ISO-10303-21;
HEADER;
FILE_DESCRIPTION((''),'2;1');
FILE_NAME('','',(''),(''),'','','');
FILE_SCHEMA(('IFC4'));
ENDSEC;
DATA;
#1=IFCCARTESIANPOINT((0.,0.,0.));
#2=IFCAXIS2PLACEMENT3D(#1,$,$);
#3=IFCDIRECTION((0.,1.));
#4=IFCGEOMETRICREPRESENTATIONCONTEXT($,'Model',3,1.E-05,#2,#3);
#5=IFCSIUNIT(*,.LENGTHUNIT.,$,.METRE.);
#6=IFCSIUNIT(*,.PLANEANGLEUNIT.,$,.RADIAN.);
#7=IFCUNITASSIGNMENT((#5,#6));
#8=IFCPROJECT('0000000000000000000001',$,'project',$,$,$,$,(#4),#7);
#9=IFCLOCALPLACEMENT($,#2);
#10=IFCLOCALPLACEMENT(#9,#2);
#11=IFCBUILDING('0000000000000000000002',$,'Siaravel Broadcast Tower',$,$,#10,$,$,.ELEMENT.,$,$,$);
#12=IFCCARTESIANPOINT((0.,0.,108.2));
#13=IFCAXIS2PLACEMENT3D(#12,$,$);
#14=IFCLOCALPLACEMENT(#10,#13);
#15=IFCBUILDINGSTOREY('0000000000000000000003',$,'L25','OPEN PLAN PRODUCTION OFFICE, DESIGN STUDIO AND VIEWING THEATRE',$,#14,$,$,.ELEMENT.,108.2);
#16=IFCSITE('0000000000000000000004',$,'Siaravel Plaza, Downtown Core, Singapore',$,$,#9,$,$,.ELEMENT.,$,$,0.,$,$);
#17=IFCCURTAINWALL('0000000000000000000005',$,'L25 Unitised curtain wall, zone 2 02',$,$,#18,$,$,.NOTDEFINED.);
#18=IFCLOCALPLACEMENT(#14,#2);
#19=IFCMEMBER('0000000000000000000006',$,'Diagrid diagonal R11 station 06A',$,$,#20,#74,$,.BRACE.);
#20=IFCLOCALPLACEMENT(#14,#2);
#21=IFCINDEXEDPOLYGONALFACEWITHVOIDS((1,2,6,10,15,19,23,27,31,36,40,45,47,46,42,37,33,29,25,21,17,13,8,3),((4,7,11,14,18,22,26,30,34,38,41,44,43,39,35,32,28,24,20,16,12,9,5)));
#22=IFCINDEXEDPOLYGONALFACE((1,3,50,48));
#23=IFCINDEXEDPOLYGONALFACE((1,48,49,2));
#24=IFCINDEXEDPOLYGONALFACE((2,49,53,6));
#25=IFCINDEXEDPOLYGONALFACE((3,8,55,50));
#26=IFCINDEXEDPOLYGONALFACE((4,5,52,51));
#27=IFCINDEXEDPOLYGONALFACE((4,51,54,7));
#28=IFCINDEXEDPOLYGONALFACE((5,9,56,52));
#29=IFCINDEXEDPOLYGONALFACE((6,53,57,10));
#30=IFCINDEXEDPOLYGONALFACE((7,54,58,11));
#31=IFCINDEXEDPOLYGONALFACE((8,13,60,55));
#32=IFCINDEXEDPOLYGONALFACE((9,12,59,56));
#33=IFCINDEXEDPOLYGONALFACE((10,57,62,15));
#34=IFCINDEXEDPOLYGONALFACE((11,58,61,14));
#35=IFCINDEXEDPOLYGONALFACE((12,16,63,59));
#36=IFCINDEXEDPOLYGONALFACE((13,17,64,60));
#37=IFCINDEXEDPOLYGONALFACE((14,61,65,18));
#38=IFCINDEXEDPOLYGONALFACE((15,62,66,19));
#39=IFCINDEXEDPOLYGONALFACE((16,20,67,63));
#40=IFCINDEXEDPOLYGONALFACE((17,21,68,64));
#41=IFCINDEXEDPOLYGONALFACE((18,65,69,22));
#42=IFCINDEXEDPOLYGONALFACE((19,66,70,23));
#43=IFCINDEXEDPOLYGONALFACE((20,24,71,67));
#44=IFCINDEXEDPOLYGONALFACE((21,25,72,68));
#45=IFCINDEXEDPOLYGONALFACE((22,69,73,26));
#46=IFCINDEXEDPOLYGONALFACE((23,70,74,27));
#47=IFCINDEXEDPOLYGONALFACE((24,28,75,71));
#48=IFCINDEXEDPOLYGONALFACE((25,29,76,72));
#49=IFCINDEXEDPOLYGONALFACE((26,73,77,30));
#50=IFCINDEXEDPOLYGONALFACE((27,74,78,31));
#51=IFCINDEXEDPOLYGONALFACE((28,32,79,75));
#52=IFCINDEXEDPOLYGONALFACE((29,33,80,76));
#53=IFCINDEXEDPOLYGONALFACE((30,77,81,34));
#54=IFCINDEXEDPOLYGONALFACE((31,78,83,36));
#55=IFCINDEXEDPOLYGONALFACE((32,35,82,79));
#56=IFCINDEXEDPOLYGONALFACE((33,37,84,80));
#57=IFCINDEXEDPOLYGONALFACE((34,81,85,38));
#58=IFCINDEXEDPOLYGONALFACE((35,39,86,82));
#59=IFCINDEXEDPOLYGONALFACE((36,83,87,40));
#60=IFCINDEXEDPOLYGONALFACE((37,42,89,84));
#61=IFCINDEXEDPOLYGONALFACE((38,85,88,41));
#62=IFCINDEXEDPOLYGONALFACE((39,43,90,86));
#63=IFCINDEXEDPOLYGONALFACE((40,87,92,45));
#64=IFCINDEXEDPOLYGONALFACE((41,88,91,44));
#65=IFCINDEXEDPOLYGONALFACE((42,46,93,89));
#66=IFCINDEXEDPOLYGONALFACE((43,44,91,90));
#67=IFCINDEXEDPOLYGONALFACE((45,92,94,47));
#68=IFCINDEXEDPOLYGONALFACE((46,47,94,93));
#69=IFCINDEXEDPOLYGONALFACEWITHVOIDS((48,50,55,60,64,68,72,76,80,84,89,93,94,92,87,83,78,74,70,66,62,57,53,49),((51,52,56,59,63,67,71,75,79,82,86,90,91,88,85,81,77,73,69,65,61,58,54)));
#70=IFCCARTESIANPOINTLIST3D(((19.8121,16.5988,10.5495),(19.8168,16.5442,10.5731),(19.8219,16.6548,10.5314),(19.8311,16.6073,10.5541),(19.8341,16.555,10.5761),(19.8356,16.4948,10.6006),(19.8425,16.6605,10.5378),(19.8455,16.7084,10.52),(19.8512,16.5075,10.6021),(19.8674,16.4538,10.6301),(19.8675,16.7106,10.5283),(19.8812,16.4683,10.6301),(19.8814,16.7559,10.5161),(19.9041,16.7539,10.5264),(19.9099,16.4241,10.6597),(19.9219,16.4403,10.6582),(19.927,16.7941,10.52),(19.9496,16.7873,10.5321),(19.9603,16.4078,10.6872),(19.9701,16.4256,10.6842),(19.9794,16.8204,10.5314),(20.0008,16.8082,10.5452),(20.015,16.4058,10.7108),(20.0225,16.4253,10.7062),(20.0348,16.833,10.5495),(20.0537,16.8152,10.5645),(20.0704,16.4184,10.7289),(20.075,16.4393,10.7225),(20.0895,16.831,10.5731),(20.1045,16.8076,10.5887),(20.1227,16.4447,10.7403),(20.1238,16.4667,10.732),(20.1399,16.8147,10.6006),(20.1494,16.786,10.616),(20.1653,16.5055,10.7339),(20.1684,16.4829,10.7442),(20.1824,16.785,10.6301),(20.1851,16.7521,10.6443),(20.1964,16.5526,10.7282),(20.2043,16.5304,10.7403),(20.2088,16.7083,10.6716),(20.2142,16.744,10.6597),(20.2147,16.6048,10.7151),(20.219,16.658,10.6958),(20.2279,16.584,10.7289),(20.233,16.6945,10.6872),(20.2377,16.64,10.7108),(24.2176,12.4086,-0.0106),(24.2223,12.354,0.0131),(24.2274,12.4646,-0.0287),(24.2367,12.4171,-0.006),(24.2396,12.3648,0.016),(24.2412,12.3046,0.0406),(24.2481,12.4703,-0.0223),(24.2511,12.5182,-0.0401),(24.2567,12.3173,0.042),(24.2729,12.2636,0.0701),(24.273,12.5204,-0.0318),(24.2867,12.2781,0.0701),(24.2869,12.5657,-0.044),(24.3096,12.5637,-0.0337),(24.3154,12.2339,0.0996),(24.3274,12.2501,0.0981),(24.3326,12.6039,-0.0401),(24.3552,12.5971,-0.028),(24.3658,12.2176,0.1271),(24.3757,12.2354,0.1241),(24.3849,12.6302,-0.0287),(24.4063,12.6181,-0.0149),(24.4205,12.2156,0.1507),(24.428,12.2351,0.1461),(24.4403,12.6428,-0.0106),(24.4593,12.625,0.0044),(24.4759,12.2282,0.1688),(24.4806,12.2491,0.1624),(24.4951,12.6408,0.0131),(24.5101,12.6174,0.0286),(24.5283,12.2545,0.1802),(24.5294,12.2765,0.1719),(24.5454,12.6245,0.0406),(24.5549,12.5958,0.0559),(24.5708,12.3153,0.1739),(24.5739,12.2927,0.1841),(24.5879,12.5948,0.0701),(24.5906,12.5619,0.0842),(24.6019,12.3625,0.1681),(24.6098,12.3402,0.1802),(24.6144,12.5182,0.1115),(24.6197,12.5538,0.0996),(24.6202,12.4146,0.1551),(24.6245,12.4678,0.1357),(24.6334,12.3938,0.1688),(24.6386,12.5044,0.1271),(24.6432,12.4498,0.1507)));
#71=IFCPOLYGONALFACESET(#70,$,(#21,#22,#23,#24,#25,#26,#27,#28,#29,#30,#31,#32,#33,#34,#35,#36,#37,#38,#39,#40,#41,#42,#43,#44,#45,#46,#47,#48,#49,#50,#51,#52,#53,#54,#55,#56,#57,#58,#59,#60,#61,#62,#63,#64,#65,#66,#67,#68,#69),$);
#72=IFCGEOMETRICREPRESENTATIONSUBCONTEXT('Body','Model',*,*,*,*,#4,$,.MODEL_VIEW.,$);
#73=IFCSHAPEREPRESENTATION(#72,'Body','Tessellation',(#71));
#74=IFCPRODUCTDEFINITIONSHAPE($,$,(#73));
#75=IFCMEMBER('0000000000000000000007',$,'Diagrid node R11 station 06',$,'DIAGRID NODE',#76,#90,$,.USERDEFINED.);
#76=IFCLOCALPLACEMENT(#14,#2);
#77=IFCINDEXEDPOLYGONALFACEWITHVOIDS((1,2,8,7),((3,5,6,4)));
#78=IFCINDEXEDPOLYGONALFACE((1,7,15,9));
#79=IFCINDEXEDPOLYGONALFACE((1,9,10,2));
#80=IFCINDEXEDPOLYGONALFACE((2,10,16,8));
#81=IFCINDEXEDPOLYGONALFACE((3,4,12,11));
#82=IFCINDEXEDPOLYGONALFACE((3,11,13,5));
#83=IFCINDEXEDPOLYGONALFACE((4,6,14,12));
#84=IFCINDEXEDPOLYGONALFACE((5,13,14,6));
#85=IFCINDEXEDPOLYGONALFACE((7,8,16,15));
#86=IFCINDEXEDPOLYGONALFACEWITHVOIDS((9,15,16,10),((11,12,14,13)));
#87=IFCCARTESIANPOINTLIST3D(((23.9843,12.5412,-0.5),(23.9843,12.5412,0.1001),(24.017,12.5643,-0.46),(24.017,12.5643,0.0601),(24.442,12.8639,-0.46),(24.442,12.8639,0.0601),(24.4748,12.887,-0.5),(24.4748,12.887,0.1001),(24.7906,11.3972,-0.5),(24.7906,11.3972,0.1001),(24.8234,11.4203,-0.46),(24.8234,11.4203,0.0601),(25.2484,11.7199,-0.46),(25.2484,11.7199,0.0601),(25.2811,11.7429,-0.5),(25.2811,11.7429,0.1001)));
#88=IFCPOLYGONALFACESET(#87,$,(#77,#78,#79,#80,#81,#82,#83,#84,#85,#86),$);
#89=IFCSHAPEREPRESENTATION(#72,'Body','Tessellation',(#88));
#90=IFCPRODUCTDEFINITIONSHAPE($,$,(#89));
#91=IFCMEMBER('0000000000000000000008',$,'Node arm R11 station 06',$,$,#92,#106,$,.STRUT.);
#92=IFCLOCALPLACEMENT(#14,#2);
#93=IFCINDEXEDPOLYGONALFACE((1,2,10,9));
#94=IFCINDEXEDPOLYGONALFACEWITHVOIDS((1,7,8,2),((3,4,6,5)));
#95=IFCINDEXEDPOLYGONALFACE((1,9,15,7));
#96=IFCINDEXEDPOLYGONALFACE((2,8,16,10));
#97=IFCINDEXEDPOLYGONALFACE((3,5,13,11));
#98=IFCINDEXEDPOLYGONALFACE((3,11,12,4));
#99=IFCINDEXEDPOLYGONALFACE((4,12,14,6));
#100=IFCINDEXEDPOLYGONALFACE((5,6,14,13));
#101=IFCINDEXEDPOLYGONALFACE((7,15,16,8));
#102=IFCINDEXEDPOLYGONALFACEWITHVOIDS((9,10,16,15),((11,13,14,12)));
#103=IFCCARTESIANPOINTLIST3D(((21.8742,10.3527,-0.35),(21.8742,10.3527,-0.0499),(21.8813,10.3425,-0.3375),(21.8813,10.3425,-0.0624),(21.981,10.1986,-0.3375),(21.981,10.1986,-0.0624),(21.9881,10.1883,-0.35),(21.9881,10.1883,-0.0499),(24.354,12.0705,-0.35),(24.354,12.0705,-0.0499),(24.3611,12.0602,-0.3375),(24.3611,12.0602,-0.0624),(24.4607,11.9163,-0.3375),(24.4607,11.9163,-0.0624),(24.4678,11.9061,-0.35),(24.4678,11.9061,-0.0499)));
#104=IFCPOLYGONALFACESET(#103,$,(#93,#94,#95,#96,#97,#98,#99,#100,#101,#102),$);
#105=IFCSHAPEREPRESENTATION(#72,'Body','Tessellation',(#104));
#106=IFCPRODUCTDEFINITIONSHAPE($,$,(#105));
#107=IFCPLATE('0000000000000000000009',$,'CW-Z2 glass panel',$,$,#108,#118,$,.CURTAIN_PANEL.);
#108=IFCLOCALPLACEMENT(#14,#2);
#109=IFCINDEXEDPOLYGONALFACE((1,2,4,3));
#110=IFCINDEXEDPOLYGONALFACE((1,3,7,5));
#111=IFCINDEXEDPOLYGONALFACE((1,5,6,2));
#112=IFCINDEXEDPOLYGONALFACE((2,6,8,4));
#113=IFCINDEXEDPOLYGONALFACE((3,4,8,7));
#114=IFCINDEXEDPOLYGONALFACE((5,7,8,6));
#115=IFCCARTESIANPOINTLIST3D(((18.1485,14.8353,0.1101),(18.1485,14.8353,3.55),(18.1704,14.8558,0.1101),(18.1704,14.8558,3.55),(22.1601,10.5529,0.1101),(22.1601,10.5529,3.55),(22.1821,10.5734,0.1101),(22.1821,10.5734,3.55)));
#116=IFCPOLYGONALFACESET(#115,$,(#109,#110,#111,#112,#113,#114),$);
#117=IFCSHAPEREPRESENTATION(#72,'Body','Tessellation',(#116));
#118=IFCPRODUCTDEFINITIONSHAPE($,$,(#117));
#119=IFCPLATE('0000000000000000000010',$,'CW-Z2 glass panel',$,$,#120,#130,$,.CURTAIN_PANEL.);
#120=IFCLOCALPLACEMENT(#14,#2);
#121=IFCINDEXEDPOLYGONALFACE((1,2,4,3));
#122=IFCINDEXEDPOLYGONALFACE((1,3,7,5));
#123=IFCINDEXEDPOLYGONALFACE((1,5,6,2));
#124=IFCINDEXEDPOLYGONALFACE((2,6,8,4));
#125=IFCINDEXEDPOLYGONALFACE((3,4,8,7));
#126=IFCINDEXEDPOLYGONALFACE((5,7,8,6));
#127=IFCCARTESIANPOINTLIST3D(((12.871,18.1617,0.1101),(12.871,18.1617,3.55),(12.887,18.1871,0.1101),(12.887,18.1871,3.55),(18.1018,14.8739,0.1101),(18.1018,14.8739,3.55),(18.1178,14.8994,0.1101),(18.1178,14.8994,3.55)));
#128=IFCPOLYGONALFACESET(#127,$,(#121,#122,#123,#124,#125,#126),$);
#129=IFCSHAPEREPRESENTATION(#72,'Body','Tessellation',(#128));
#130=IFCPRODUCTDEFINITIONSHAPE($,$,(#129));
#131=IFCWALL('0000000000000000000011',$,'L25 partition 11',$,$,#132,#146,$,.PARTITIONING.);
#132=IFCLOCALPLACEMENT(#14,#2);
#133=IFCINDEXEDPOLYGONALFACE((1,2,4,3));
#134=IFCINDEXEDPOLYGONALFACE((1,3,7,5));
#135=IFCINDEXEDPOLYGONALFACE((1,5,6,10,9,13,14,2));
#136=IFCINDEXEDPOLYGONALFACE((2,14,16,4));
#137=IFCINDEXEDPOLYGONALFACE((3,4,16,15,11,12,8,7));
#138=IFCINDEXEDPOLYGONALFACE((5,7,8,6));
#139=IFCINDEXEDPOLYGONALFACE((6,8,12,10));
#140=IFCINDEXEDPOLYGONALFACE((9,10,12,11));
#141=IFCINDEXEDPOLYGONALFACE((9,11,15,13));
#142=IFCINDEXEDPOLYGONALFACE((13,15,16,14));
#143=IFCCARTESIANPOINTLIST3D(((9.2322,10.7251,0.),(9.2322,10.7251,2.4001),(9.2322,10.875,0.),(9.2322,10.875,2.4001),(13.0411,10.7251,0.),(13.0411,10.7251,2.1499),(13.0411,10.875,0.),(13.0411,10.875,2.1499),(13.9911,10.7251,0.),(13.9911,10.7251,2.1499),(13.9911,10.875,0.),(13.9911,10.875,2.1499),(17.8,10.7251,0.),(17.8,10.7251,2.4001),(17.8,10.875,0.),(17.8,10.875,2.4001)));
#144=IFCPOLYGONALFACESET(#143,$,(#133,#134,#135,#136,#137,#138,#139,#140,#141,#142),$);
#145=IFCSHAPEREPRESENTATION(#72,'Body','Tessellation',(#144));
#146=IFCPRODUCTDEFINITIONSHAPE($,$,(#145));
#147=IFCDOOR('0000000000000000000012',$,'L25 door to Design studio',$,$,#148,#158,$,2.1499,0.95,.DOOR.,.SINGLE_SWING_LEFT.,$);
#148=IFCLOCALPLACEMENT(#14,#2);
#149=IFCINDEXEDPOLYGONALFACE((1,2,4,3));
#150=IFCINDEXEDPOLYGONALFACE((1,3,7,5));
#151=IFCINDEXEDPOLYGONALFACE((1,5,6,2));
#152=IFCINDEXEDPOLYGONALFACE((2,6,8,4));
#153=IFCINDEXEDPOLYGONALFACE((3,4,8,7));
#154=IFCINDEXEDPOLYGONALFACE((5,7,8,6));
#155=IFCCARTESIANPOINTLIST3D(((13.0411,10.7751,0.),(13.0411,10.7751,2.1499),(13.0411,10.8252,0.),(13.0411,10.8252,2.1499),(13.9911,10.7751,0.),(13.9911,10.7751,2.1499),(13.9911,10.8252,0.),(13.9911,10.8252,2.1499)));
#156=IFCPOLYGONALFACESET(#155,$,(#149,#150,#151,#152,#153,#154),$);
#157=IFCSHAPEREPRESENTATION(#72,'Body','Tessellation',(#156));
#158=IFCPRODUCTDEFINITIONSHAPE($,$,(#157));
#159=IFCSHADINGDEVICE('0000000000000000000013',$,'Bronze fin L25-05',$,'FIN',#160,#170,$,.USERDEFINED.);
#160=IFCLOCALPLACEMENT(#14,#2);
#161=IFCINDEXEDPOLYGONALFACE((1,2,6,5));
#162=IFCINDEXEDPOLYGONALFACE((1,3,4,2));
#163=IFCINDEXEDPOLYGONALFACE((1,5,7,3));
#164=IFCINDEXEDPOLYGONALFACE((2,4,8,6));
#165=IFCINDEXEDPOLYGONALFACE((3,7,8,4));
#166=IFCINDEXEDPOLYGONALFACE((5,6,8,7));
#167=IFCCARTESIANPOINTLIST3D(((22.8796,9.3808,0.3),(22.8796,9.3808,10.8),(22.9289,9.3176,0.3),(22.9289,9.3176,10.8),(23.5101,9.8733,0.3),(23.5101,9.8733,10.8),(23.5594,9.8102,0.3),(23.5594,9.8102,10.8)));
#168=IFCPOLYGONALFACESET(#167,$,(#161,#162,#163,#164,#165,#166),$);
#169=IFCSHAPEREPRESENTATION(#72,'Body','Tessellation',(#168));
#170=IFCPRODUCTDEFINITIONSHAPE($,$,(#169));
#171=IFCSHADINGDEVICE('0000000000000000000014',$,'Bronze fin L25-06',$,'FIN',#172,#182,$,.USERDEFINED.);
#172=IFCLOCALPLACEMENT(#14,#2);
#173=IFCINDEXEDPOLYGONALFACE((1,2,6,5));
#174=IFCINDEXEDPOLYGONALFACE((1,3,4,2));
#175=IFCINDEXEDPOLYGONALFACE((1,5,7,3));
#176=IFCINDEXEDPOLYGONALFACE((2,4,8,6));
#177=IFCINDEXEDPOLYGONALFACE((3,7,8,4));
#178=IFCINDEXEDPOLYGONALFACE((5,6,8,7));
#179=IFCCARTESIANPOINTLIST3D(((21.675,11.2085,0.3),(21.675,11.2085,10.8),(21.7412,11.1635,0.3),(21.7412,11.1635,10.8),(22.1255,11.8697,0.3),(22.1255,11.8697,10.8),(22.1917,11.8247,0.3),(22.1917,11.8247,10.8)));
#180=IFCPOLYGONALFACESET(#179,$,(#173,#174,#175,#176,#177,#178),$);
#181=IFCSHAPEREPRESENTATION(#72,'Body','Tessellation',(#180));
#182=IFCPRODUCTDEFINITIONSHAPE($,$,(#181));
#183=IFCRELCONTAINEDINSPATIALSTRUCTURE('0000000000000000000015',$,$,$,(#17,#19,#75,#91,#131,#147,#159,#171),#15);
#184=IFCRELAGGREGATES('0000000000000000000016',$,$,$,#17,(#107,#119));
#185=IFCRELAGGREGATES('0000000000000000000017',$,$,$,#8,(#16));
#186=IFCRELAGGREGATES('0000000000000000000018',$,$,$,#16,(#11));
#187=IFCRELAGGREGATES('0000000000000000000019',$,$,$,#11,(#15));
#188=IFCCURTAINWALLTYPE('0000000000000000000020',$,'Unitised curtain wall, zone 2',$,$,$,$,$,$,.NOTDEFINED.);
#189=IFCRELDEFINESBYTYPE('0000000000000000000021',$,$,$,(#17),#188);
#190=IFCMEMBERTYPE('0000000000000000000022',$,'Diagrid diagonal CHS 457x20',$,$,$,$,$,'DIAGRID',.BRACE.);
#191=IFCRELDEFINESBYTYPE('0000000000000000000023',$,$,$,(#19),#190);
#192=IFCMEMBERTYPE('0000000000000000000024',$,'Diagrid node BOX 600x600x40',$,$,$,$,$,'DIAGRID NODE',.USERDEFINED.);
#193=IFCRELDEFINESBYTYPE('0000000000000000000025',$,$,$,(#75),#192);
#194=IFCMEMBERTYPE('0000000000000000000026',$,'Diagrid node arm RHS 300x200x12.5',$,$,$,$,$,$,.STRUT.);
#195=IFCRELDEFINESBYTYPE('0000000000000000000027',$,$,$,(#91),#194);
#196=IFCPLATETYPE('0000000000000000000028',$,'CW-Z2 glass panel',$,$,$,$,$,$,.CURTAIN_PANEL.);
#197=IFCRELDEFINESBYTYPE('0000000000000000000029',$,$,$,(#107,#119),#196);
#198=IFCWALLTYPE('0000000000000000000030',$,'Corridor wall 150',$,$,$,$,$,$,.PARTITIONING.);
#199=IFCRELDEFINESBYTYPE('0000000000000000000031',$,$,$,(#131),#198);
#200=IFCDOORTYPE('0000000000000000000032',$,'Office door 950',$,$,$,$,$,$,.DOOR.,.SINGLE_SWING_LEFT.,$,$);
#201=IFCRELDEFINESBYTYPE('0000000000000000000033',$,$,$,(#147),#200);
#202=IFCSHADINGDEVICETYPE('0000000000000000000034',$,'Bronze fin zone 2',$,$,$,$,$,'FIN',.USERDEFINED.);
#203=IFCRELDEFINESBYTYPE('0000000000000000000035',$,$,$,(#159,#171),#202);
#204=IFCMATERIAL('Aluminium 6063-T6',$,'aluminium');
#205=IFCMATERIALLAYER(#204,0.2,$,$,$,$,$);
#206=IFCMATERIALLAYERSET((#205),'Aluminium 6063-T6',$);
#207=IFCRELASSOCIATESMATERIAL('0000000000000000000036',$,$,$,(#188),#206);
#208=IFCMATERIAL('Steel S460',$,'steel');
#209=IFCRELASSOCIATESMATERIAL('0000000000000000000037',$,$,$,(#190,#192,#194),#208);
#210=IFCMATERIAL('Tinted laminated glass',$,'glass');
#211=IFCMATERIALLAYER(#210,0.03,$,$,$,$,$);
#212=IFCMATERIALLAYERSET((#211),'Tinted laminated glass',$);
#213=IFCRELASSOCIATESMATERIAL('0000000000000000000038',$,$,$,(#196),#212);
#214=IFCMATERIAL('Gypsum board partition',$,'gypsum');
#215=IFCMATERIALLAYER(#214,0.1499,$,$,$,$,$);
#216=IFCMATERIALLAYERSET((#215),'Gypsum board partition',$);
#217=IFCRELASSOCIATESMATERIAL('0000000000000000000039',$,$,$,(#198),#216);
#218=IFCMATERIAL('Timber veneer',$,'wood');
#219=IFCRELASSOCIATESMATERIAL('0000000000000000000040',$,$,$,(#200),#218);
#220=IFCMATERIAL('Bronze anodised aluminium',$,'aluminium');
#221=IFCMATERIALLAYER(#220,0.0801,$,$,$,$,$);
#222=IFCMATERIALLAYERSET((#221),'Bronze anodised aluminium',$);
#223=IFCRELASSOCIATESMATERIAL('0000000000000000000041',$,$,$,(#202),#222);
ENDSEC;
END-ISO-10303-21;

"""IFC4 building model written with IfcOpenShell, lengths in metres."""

from ifc_helpers import new_model, si_unit, direction, frame, frame_2d, origin, origin_2d, place, context, subcontext, project, spatial, rectangle, hollow_rectangle, hollow_circle, extrude, material, layer, layer_set, material_profile, profile_set, type_object, element, fill, aggregate, save


model = new_model("IFC4")

# Units and contexts
model_context = context("Model", 3, precision=1e-05, world=origin(), true_north=direction((0.0, 1.0)))
body_context = subcontext(model_context, "Body", "Model", "MODEL_VIEW")
ifc_project = project(units=[si_unit("LENGTHUNIT", "METRE"), si_unit("PLANEANGLEUNIT", "RADIAN")], contexts=[model_context])

# Site, building, storey
site_placement = place(None, origin())
site = spatial("IfcSite", under=ifc_project, at=site_placement, Name="Siaravel Plaza, Downtown Core, Singapore", CompositionType="ELEMENT", RefElevation=0.0)
building_placement = place(site_placement, origin())
building = spatial("IfcBuilding", under=site, at=building_placement, Name="Siaravel Broadcast Tower", CompositionType="ELEMENT")
storey_placement = place(building_placement, frame((0.0, 0.0, 108.2)))
storey = spatial("IfcBuildingStorey", under=building, at=storey_placement, Name="L25", Description="OPEN PLAN PRODUCTION OFFICE, DESIGN STUDIO AND VIEWING THEATRE", CompositionType="ELEMENT", Elevation=108.2)

# Shared definitions
ifc_material_1 = material(Name="Aluminium 6063-T6", Category="aluminium")
ifc_layer_1 = layer(ifc_material_1, 0.2)
ifc_layer_set_1 = layer_set([ifc_layer_1], Name="Aluminium 6063-T6")
curtain_wall_type = type_object("IfcCurtainWallType", Name="Unitised curtain wall, zone 2", PredefinedType="NOTDEFINED", material=ifc_layer_set_1)

# Curtain wall
curtain_wall_1_placement = place(storey_placement, origin())
curtain_wall_1 = element("IfcCurtainWall", 1, at=curtain_wall_1_placement, inside=storey, type_object=curtain_wall_type, Name="L25 Unitised curtain wall, zone 2 02", PredefinedType="NOTDEFINED")

# Members
ifc_material_2 = material(Name="Steel S460", Category="steel")
ifc_material_profile_1 = material_profile(ifc_material_2, hollow_circle(Radius=0.2285, WallThickness=0.02, at=origin_2d()))
ifc_profile_set_1 = profile_set([ifc_material_profile_1], Name="Steel S460")
member_type_1 = type_object("IfcMemberType", Name="Diagrid diagonal CHS 457x20", ElementType="DIAGRID", PredefinedType="BRACE", material=ifc_profile_set_1)
member_1_placement = place(storey_placement, frame((24.4304, 12.4292, 0.0701), z_axis=(-0.361544, 0.343873, 0.866624), x_axis=(-0.689177, -0.724593, 0.0)))
element("IfcMember", 2, at=member_1_placement, inside=storey, type_object=member_type_1, Name="Diagrid diagonal R11 station 06A", PredefinedType="BRACE", context=body_context, shape_type="SweptSolid", body=[
    extrude(hollow_circle(Radius=0.2285, WallThickness=0.02, at=origin_2d()), origin(), (0.0, 0.0, 1.0), 12.1853),
])
ifc_material_profile_2 = material_profile(ifc_material_2, hollow_rectangle(XDim=0.6001, YDim=0.6001, WallThickness=0.04, at=origin_2d()))
ifc_profile_set_2 = profile_set([ifc_material_profile_2], Name="Steel S460")
member_type_2 = type_object("IfcMemberType", Name="Diagrid node BOX 600x600x40", ElementType="DIAGRID NODE", PredefinedType="USERDEFINED", material=ifc_profile_set_2)
member_2_placement = place(storey_placement, frame((25.0359, 11.5701, -0.2), z_axis=(-0.576128, 0.817359, 0.0), x_axis=(-0.817359, -0.576128, 0.0)))
element("IfcMember", 3, at=member_2_placement, inside=storey, type_object=member_type_2, Name="Diagrid node R11 station 06", ObjectType="DIAGRID NODE", PredefinedType="USERDEFINED", context=body_context, shape_type="SweptSolid", body=[
    extrude(hollow_rectangle(XDim=0.6001, YDim=0.6001, WallThickness=0.04, at=origin_2d()), origin(), (0.0, 0.0, 1.0), 1.3997),
])
ifc_material_profile_3 = material_profile(ifc_material_2, hollow_rectangle(XDim=0.2, YDim=0.3, WallThickness=0.0125, at=origin_2d()))
ifc_profile_set_3 = profile_set([ifc_material_profile_3], Name="Steel S460")
member_type_3 = type_object("IfcMemberType", Name="Diagrid node arm RHS 300x200x12.5", PredefinedType="STRUT", material=ifc_profile_set_3)
member_3_placement = place(storey_placement, frame((21.9312, 10.2705, -0.2), z_axis=(0.822032, 0.569441, 0.0), x_axis=(-0.569441, 0.822032, 0.0)))
element("IfcMember", 4, at=member_3_placement, inside=storey, type_object=member_type_3, Name="Node arm R11 station 06", PredefinedType="STRUT", context=body_context, shape_type="SweptSolid", body=[
    extrude(hollow_rectangle(XDim=0.2, YDim=0.3, WallThickness=0.0125, at=origin_2d()), origin(), (0.0, 0.0, 1.0), 3.0166),
])

# Plates
ifc_material_3 = material(Name="Tinted laminated glass", Category="glass")
ifc_layer_2 = layer(ifc_material_3, 0.03)
ifc_layer_set_2 = layer_set([ifc_layer_2], Name="Tinted laminated glass")
plate_type = type_object("IfcPlateType", Name="CW-Z2 glass panel", PredefinedType="CURTAIN_PANEL", material=ifc_layer_set_2)
plate_1_placement = place(storey_placement, frame((20.1653, 12.7043, 0.1101), z_axis=(0.0, 0.0, 1.0), x_axis=(-0.683655, 0.729805, 0.0)))
plate_1 = element("IfcPlate", 5, at=plate_1_placement, type_object=plate_type, Name="CW-Z2 glass panel", PredefinedType="CURTAIN_PANEL", context=body_context, shape_type="SweptSolid", body=[
    extrude(rectangle(XDim=5.8679, YDim=0.03, at=origin_2d()), origin(), (0.0, 0.0, 1.0), 3.4399),
])
plate_2_placement = place(storey_placement, frame((15.4944, 16.5305, 0.1101), z_axis=(0.0, 0.0, 1.0), x_axis=(-0.846651, 0.532149, 0.0)))
plate_2 = element("IfcPlate", 6, at=plate_2_placement, type_object=plate_type, Name="CW-Z2 glass panel", PredefinedType="CURTAIN_PANEL", context=body_context, shape_type="SweptSolid", body=[
    extrude(rectangle(XDim=6.1782, YDim=0.03, at=origin_2d()), origin(), (0.0, 0.0, 1.0), 3.4399),
])
aggregate(curtain_wall_1, [plate_1, plate_2])

# Wall, opening, door
ifc_material_4 = material(Name="Gypsum board partition", Category="gypsum")
ifc_layer_3 = layer(ifc_material_4, 0.1499)
ifc_layer_set_3 = layer_set([ifc_layer_3], Name="Gypsum board partition")
wall_type = type_object("IfcWallType", Name="Corridor wall 150", PredefinedType="PARTITIONING", material=ifc_layer_set_3)
wall_placement = place(storey_placement, frame((17.8, 10.8, 0.0), z_axis=(0.0, 0.0, 1.0), x_axis=(-1.0, 0.0, 0.0)))
wall = element("IfcWall", 7, at=wall_placement, inside=storey, type_object=wall_type, Name="L25 partition 11", PredefinedType="PARTITIONING", context=body_context, shape_type="SweptSolid", body=[
    extrude(rectangle(XDim=8.5679, YDim=0.1499, at=frame_2d((4.2839, 0.0))), origin(), (0.0, 0.0, 1.0), 2.4001),
])
opening_placement = place(wall_placement, frame((3.8088, 0.0, 0.0)))
opening = element("IfcOpeningElement", 8, at=opening_placement, cuts=wall, PredefinedType="OPENING", context=body_context, shape_type="SweptSolid", body=[
    extrude(rectangle(XDim=0.95, YDim=2.1499, at=frame_2d((0.4751, 1.075))), frame((0.0, 0.085, 0.0), z_axis=(0.0, -1.0, 0.0), x_axis=(1.0, 0.0, 0.0)), (0.0, 0.0, 1.0), 0.1699),
])
ifc_material_5 = material(Name="Timber veneer", Category="wood")
door_type = type_object("IfcDoorType", Name="Office door 950", OperationType="SINGLE_SWING_LEFT", PredefinedType="DOOR", material=ifc_material_5)
door_placement = place(opening_placement, origin())
door = element("IfcDoor", 9, at=door_placement, inside=storey, type_object=door_type, Name="L25 door to Design studio", OperationType="SINGLE_SWING_LEFT", OverallHeight=2.1499, OverallWidth=0.95, PredefinedType="DOOR", context=body_context, shape_type="SweptSolid", body=[
    extrude(rectangle(XDim=0.95, YDim=2.1499, at=frame_2d((0.4751, 1.075))), frame((0.0, 0.0249, 0.0), z_axis=(0.0, -1.0, 0.0), x_axis=(1.0, 0.0, 0.0)), (0.0, 0.0, 1.0), 0.05),
])
fill(opening, door)

# Shading devices
ifc_material_6 = material(Name="Bronze anodised aluminium", Category="aluminium")
ifc_layer_4 = layer(ifc_material_6, 0.0801)
ifc_layer_set_4 = layer_set([ifc_layer_4], Name="Bronze anodised aluminium")
shading_device_type = type_object("IfcShadingDeviceType", Name="Bronze fin zone 2", ElementType="FIN", PredefinedType="USERDEFINED", material=ifc_layer_set_4)
for number, where, z_axis, x_axis, name in (
    (10, (23.2195, 9.5955, 0.3), (0.0, 0.0, 1.0), (0.788047, 0.615615, 0.0), "Bronze fin L25-05"),
    (11, (21.9333, 11.5166, 0.3), (0.0, 0.0, 1.0), (0.562997, 0.826459, 0.0), "Bronze fin L25-06"),
):
    element("IfcShadingDevice", number, at=place(storey_placement, frame(where, z_axis=z_axis, x_axis=x_axis)), inside=storey, type_object=shading_device_type, Name=name, ObjectType="FIN", PredefinedType="USERDEFINED", context=body_context, shape_type="SweptSolid", body=[
        extrude(rectangle(XDim=0.8, YDim=0.0801, at=origin_2d()), origin(), (0.0, 0.0, 1.0), 10.5),
    ])

save(model, "model.ifc")
